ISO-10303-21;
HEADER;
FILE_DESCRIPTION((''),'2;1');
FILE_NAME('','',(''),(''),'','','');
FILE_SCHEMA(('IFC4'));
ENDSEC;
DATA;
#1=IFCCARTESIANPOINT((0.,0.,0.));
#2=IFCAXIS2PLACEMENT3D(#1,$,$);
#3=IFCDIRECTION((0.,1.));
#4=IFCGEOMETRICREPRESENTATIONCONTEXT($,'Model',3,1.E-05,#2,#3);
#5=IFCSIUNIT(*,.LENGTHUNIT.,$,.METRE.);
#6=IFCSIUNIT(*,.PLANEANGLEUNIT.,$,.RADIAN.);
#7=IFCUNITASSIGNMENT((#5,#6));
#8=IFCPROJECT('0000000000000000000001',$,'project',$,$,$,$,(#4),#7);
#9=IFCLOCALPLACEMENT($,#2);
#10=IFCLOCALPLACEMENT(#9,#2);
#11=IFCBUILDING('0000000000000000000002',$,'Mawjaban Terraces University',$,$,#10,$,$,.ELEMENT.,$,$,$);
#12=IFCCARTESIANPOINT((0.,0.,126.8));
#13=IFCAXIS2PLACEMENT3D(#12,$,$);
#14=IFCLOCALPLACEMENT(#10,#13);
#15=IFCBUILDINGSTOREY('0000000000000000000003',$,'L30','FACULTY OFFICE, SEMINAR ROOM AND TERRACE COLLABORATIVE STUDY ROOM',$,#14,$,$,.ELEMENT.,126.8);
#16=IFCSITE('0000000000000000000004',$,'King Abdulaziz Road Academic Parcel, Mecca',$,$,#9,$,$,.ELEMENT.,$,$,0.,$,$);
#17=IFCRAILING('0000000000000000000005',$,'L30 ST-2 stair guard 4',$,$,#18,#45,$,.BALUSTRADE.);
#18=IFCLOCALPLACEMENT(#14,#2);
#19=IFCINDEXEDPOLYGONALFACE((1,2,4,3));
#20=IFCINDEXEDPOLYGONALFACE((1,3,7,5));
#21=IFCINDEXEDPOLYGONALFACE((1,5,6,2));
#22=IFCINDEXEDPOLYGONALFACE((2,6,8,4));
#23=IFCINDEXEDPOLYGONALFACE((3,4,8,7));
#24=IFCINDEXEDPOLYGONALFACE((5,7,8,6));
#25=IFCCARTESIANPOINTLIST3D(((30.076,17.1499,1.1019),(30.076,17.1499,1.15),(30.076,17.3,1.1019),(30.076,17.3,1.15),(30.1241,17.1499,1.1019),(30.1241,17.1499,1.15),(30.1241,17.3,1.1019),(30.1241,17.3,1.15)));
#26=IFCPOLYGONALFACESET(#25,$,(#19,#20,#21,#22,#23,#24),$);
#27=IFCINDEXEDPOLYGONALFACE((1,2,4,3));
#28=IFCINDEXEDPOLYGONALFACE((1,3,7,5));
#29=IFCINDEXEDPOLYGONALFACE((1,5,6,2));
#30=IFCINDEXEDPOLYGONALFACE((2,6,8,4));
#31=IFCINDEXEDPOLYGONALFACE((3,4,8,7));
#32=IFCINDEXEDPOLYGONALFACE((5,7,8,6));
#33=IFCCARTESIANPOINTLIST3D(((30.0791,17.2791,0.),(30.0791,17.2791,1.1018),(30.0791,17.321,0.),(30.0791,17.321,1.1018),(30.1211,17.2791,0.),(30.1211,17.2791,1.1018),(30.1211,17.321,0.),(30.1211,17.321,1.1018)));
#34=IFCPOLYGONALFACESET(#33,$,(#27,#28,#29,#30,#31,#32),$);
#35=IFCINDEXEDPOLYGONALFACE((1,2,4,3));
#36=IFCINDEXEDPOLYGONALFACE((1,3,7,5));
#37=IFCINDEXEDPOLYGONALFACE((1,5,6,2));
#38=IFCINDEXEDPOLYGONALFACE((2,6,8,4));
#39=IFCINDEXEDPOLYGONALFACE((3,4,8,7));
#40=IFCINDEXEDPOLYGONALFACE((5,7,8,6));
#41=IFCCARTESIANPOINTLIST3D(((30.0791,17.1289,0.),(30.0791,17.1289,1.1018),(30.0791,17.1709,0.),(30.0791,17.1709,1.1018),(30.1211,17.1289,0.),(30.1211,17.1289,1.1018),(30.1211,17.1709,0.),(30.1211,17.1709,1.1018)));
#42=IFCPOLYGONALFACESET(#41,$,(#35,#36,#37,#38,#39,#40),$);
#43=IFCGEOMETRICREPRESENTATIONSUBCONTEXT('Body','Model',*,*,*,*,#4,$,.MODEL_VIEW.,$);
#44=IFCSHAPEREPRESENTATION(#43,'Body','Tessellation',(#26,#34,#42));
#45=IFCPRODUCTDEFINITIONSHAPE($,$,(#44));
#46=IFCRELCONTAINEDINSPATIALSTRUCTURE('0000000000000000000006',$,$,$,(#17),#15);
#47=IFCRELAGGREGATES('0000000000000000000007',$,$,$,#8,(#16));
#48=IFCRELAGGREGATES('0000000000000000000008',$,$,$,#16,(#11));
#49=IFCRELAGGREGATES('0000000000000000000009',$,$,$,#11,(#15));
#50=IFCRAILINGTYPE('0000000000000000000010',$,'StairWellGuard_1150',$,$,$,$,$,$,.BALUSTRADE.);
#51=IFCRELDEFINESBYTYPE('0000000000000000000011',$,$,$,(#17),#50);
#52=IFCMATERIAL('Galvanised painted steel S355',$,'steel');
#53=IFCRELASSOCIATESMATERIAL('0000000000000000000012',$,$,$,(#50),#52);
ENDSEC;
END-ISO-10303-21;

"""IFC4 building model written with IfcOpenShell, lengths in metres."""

from ifc_helpers import new_model, si_unit, direction, frame, origin, origin_2d, place, context, subcontext, project, spatial, rectangle, extrude, material, type_object, element, save


model = new_model("IFC4")

# Units and contexts
model_context = context("Model", 3, precision=1e-05, world=origin(), true_north=direction((0.0, 1.0)))
body_context = subcontext(model_context, "Body", "Model", "MODEL_VIEW")
ifc_project = project(units=[si_unit("LENGTHUNIT", "METRE"), si_unit("PLANEANGLEUNIT", "RADIAN")], contexts=[model_context])

# Site, building, storey
site_placement = place(None, origin())
site = spatial("IfcSite", under=ifc_project, at=site_placement, Name="King Abdulaziz Road Academic Parcel, Mecca", CompositionType="ELEMENT", RefElevation=0.0)
building_placement = place(site_placement, origin())
building = spatial("IfcBuilding", under=site, at=building_placement, Name="Mawjaban Terraces University", CompositionType="ELEMENT")
storey_placement = place(building_placement, frame((0.0, 0.0, 126.8)))
storey = spatial("IfcBuildingStorey", under=building, at=storey_placement, Name="L30", Description="FACULTY OFFICE, SEMINAR ROOM AND TERRACE COLLABORATIVE STUDY ROOM", CompositionType="ELEMENT", Elevation=126.8)

# Railing
ifc_material_1 = material(Name="Galvanised painted steel S355", Category="steel")
railing_type_1 = type_object("IfcRailingType", Name="StairWellGuard_1150", PredefinedType="BALUSTRADE", material=ifc_material_1)
railing_1_placement = place(storey_placement, frame((30.1001, 17.3, 0.0)))
element("IfcRailing", 1, at=railing_1_placement, inside=storey, type_object=railing_type_1, Name="L30 ST-2 stair guard 4", PredefinedType="BALUSTRADE", context=body_context, shape_type="SweptSolid", body=[
    extrude(rectangle(XDim=0.0481, YDim=0.0481, at=origin_2d()), frame((0.0, 0.0, 1.126), z_axis=(0.0, -1.0, 0.0), x_axis=(1.0, 0.0, 0.0)), (0.0, 0.0, 1.0), 0.1501),
    extrude(rectangle(XDim=0.042, YDim=0.042, at=origin_2d()), origin(), (0.0, 0.0, 1.0), 1.1018),
    extrude(rectangle(XDim=0.042, YDim=0.042, at=origin_2d()), frame((0.0, -0.1501, 0.0)), (0.0, 0.0, 1.0), 1.1018),
])

save(model, "model.ifc")
